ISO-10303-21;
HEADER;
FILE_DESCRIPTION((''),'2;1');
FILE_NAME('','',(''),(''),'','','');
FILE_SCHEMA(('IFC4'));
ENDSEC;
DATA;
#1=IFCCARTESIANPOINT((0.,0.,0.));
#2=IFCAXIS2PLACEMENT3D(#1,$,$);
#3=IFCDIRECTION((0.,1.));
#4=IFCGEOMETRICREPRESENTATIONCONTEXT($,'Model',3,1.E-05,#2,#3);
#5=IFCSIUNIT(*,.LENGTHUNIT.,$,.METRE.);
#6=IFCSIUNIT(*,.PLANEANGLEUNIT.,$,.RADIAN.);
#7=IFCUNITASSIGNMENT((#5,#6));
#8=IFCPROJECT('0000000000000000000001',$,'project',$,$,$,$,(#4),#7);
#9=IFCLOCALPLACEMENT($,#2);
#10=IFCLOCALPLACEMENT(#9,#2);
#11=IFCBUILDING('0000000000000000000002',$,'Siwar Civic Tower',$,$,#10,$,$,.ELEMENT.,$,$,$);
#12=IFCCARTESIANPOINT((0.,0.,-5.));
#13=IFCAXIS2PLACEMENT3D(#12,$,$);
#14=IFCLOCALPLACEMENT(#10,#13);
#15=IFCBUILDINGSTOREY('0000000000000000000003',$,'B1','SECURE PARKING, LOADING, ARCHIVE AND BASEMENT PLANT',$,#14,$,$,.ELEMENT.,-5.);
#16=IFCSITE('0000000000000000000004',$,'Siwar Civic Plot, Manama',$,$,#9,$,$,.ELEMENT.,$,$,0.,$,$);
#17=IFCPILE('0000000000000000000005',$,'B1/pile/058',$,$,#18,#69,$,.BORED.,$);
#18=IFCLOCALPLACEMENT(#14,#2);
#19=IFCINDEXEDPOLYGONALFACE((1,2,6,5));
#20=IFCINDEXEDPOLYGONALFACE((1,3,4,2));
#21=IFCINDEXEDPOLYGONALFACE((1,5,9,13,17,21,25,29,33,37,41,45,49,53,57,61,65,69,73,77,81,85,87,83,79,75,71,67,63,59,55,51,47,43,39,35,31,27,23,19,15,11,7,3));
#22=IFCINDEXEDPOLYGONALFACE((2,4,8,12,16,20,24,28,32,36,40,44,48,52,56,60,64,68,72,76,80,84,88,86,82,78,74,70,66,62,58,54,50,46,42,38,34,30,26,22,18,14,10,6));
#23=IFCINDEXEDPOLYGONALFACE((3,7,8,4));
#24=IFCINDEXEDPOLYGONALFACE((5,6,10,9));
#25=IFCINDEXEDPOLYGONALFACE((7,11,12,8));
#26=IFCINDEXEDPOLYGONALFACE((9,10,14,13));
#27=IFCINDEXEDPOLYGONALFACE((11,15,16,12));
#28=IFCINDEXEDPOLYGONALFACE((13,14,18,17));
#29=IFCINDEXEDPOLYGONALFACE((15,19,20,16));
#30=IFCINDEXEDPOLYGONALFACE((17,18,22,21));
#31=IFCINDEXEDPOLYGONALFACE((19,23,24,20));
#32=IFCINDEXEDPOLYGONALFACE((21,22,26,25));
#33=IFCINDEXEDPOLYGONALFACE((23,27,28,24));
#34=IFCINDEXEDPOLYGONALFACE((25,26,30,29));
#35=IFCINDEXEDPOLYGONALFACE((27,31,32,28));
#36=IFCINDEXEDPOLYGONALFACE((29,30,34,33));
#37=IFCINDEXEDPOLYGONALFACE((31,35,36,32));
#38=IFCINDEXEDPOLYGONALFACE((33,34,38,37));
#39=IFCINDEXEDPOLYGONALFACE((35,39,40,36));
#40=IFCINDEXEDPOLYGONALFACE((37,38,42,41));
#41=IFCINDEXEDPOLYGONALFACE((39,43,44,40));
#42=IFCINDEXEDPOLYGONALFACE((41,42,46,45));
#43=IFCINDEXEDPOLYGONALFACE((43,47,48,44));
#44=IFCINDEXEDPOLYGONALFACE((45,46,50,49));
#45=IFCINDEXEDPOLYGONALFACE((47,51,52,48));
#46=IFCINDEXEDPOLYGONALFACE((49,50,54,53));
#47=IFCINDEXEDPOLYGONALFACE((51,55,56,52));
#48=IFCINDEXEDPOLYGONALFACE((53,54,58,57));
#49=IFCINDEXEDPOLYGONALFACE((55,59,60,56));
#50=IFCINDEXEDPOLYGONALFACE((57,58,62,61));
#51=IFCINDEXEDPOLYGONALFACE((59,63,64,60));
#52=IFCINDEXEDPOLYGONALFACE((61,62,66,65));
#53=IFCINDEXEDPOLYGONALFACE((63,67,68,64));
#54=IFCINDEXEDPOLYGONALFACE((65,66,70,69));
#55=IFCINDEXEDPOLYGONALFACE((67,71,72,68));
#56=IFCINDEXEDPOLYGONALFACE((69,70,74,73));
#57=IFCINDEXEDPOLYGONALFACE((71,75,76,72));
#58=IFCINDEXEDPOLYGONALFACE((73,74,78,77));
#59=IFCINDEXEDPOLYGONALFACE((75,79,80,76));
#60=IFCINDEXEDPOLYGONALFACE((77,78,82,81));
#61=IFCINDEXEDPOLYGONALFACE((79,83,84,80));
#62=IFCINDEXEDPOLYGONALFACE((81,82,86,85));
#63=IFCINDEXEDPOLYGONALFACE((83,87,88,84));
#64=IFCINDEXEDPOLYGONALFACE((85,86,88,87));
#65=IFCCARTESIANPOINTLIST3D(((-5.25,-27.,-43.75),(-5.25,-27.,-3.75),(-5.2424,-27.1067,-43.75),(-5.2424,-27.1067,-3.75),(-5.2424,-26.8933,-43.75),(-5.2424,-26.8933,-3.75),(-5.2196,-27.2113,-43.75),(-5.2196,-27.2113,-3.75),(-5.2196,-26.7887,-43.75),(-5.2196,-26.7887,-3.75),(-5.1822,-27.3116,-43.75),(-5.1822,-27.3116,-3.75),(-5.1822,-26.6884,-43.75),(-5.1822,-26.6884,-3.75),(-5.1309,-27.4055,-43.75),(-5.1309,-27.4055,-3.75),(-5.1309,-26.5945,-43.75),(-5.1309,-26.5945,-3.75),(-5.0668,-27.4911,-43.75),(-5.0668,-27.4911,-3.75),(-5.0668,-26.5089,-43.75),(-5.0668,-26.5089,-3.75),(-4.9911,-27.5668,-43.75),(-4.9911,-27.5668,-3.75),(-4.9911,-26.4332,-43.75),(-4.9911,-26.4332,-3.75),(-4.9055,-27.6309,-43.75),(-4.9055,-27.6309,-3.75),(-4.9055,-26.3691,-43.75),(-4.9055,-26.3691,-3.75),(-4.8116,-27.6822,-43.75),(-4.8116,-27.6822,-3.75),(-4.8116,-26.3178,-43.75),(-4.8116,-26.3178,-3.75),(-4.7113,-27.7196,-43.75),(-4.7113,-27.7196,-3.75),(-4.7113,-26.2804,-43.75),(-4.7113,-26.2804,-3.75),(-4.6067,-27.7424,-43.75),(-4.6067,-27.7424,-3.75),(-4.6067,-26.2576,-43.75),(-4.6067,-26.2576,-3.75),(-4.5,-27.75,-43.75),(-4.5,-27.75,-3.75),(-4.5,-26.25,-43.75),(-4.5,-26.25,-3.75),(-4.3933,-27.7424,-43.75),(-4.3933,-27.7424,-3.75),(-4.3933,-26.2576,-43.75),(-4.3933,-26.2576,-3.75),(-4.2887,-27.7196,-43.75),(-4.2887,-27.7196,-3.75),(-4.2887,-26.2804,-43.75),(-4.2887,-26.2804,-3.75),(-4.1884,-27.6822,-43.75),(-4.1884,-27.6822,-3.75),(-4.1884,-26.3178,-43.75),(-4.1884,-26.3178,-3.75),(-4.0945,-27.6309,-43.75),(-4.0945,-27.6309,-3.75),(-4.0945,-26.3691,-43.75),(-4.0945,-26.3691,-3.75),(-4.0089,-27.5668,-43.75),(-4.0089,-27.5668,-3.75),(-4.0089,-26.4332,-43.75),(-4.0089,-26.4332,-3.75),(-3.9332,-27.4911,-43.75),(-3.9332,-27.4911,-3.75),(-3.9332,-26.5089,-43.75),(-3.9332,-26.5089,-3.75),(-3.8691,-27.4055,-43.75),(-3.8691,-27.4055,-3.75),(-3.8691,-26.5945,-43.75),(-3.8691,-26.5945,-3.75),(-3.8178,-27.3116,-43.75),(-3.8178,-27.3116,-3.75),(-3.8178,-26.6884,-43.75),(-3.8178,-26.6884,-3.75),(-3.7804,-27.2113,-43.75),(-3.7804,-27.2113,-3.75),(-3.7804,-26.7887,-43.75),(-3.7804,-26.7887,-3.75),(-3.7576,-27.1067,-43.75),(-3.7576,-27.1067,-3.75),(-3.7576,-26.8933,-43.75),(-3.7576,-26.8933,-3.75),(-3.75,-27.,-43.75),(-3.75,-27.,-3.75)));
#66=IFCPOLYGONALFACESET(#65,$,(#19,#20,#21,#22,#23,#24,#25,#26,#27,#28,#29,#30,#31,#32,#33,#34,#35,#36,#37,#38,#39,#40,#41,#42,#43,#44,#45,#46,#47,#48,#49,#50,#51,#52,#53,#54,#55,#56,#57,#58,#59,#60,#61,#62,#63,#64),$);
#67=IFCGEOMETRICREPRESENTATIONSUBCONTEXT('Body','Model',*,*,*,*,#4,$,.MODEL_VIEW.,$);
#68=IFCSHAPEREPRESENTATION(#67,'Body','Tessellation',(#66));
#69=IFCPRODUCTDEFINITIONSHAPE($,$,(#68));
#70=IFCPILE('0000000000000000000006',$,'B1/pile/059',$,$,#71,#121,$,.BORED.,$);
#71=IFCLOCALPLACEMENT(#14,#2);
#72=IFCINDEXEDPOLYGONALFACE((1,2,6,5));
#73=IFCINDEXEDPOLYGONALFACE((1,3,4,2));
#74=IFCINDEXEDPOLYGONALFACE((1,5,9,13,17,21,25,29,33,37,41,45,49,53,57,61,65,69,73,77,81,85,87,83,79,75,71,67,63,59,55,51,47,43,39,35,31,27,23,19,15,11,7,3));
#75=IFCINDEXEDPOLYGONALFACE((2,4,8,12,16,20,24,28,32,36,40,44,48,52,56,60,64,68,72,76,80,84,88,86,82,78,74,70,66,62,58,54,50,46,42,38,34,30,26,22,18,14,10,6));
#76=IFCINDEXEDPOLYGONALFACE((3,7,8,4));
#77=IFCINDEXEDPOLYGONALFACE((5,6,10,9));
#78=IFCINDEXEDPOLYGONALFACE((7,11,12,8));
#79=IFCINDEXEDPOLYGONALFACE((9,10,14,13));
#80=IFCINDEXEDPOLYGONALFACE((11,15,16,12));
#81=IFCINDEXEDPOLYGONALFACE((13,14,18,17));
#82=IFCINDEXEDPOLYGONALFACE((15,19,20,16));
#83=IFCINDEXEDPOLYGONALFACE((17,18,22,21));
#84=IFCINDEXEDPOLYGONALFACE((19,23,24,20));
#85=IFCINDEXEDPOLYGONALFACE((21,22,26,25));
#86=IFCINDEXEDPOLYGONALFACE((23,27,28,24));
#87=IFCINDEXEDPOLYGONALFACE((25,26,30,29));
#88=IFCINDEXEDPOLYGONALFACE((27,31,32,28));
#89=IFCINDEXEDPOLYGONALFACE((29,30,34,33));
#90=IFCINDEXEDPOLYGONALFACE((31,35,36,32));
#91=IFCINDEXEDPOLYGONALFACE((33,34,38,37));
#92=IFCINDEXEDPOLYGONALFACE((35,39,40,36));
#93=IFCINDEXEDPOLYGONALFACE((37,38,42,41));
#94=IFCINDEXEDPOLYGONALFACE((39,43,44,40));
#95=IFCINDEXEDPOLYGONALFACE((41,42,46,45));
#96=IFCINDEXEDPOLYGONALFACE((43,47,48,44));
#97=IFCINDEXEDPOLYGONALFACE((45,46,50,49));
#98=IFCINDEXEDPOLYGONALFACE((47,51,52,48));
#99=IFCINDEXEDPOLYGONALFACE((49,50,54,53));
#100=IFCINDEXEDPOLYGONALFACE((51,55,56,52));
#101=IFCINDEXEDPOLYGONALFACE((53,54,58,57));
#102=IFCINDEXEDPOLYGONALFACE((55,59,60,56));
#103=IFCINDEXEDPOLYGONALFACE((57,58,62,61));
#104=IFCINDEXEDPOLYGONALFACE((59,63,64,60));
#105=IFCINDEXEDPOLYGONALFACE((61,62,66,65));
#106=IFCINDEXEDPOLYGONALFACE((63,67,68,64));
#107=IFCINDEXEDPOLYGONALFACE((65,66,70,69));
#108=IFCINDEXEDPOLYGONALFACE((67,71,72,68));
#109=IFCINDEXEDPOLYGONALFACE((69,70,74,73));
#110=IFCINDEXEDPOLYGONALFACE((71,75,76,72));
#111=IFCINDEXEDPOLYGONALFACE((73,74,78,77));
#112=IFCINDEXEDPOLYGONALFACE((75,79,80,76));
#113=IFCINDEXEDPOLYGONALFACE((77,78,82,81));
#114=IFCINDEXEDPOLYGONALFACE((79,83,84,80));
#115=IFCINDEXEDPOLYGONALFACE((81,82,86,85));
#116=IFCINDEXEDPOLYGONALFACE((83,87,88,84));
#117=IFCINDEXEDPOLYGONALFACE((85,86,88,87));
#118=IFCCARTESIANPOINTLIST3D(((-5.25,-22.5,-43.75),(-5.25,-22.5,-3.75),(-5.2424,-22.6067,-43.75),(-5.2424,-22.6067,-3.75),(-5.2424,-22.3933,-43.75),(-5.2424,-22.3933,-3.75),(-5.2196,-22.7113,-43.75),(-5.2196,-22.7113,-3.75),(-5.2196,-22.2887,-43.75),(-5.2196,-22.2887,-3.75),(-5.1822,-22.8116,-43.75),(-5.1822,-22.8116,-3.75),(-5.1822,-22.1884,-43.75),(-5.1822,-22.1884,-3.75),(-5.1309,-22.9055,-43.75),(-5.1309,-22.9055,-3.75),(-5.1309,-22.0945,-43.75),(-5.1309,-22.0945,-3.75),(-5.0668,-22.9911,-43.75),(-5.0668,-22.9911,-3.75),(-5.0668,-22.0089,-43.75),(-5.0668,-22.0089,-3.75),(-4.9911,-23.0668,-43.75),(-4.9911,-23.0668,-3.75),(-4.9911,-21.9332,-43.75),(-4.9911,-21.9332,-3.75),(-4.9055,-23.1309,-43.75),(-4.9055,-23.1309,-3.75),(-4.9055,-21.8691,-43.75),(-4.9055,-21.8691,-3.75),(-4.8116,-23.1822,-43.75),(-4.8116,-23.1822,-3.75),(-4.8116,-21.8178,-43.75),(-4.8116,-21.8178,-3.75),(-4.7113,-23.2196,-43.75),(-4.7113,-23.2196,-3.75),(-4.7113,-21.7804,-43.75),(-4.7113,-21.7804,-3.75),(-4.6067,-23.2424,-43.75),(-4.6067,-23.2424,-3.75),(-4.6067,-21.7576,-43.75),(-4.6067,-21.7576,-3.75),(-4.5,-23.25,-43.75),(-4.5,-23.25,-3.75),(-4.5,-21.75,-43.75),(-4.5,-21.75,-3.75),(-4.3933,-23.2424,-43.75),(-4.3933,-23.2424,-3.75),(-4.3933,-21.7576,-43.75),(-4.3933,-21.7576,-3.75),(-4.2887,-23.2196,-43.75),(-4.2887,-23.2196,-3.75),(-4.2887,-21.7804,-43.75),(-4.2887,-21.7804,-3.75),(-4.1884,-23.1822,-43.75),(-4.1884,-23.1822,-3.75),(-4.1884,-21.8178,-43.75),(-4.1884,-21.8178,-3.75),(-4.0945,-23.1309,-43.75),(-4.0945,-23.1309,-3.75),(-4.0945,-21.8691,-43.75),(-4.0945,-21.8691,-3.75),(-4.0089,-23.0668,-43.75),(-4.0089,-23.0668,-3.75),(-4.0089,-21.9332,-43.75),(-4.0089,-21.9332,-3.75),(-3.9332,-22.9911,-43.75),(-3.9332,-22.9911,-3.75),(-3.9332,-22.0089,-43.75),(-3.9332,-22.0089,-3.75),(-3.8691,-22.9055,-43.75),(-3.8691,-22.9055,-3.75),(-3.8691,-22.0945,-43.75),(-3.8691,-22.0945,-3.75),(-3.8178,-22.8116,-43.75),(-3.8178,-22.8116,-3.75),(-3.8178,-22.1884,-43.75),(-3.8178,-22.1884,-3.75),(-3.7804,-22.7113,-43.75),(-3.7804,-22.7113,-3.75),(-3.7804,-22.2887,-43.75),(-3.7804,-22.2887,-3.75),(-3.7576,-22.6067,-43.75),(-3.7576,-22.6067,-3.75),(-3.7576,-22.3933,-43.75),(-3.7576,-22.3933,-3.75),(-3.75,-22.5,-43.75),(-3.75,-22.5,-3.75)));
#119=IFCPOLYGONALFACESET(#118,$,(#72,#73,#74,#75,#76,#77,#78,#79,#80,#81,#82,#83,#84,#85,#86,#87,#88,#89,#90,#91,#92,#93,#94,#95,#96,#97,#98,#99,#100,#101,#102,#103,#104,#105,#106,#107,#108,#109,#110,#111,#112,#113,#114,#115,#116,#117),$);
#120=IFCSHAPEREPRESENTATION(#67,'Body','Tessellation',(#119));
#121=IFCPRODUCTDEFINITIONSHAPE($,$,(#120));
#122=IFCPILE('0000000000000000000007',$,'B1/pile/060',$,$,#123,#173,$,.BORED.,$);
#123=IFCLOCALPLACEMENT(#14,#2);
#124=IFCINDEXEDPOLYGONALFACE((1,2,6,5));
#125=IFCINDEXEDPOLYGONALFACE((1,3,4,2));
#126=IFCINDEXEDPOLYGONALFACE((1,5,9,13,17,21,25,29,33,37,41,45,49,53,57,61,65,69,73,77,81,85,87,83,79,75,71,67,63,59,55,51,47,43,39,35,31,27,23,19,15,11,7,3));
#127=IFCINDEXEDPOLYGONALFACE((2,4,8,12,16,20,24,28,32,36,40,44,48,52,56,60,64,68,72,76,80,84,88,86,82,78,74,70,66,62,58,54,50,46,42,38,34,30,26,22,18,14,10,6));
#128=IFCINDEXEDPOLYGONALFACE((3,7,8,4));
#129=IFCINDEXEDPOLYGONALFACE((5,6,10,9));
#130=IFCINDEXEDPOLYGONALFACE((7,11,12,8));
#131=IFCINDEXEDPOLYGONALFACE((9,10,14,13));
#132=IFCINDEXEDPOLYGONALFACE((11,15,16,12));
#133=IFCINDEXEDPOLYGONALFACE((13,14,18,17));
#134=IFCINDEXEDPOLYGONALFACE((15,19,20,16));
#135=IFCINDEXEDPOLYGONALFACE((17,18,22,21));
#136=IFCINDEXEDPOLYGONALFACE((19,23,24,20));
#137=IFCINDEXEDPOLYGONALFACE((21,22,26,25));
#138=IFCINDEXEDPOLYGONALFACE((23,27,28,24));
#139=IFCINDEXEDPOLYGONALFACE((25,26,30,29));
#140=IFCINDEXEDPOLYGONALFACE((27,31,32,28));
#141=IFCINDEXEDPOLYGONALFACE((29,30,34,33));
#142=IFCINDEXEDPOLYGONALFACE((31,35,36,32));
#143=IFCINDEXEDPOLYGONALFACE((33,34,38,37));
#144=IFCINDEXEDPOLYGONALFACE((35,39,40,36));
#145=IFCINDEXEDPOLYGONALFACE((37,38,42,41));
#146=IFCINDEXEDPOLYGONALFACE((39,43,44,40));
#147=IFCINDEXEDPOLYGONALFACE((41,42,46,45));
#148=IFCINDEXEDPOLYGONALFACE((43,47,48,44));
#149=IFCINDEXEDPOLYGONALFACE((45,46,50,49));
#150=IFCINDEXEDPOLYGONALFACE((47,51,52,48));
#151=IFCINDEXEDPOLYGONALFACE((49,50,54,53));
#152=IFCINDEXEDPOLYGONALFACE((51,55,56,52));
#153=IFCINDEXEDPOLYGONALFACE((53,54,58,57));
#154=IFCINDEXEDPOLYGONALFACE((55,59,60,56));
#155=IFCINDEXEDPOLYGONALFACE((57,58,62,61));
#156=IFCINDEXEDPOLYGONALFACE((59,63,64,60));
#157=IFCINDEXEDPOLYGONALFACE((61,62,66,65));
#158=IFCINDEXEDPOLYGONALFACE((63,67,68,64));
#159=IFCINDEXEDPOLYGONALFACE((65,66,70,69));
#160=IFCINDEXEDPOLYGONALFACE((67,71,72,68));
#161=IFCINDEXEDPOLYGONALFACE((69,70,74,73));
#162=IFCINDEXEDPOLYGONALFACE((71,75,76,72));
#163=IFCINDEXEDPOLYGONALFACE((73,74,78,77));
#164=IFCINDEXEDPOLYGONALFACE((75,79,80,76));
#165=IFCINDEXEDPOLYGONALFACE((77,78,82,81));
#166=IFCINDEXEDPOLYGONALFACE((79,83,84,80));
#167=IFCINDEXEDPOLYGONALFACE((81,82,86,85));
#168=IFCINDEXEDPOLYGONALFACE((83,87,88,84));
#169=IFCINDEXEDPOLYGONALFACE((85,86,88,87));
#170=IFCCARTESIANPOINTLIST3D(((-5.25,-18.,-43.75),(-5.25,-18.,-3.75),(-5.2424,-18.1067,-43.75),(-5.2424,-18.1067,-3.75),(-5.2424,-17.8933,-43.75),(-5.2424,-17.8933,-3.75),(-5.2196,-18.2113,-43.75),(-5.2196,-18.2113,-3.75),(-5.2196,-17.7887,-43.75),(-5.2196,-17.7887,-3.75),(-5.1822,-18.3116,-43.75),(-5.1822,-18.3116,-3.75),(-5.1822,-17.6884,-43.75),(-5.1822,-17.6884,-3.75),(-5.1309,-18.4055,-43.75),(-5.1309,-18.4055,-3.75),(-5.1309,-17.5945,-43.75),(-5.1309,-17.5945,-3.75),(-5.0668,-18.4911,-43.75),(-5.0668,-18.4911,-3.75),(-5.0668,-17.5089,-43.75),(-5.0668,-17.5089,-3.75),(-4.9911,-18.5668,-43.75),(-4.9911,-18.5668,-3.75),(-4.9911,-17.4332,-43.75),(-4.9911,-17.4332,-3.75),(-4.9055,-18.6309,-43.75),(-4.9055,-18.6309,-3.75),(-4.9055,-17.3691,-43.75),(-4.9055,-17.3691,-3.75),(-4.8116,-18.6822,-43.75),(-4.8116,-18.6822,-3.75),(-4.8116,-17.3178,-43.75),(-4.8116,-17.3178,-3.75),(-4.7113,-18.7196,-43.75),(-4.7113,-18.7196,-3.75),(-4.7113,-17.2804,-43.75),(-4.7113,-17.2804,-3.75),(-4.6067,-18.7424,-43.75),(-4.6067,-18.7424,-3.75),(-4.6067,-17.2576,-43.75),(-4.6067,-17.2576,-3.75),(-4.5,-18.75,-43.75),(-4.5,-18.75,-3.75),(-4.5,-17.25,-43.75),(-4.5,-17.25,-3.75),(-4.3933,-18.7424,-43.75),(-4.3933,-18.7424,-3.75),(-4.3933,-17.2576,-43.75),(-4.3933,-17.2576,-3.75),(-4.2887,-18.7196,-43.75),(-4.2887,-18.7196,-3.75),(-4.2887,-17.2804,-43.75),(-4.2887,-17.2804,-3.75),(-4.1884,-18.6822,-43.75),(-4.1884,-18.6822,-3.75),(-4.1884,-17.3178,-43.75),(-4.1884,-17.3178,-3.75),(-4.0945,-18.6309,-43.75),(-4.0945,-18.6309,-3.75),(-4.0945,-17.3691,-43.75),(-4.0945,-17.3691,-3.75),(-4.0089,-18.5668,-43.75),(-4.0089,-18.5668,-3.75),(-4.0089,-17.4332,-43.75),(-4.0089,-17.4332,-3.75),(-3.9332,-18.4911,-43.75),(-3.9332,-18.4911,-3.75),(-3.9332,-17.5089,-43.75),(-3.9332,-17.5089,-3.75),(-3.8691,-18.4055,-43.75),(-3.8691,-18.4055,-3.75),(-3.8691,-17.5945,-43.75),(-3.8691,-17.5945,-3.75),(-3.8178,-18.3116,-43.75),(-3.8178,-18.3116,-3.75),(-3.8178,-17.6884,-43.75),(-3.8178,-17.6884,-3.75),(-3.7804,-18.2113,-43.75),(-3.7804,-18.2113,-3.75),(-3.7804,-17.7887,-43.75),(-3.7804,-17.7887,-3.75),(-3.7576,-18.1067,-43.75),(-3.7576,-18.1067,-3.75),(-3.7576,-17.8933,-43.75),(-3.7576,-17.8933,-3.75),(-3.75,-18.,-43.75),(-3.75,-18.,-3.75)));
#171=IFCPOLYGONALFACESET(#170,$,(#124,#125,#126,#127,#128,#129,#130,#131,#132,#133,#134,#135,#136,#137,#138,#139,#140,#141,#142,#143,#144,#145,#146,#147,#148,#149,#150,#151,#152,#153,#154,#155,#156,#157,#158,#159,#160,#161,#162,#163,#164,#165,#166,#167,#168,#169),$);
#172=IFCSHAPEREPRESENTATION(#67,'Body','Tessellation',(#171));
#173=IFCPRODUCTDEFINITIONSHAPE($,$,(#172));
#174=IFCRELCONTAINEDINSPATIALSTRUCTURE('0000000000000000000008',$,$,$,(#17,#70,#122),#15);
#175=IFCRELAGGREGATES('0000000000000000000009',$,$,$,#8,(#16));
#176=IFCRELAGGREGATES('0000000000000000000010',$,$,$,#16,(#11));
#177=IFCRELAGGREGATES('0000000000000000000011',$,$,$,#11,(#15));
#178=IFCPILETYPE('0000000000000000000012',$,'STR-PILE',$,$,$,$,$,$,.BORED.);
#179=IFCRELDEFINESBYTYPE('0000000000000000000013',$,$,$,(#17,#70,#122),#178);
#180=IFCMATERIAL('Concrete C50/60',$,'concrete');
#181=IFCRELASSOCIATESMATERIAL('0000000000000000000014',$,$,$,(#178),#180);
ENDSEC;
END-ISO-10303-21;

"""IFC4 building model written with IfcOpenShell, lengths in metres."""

from ifc_helpers import new_model, si_unit, direction, frame, origin, origin_2d, place, context, subcontext, project, spatial, circle, extrude, material, material_profile, profile_set, type_object, element, save


model = new_model("IFC4")

# Units and contexts
model_context = context("Model", 3, precision=1e-05, world=origin(), true_north=direction((0.0, 1.0)))
body_context = subcontext(model_context, "Body", "Model", "MODEL_VIEW")
ifc_project = project(units=[si_unit("LENGTHUNIT", "METRE"), si_unit("PLANEANGLEUNIT", "RADIAN")], contexts=[model_context])

# Site, building, storey
site_placement = place(None, origin())
site = spatial("IfcSite", under=ifc_project, at=site_placement, Name="Siwar Civic Plot, Manama", CompositionType="ELEMENT", RefElevation=0.0)
building_placement = place(site_placement, origin())
building = spatial("IfcBuilding", under=site, at=building_placement, Name="Siwar Civic Tower", CompositionType="ELEMENT")
storey_placement = place(building_placement, frame((0.0, 0.0, -5.0)))
storey = spatial("IfcBuildingStorey", under=building, at=storey_placement, Name="B1", Description="SECURE PARKING, LOADING, ARCHIVE AND BASEMENT PLANT", CompositionType="ELEMENT", Elevation=-5.0)

# Piles
ifc_material_1 = material(Name="Concrete C50/60", Category="concrete")
ifc_material_profile_1 = material_profile(ifc_material_1, circle(Radius=0.75, at=origin_2d()), Name="PILE1500")
ifc_profile_set_1 = profile_set([ifc_material_profile_1], Name="Concrete C50/60")
pile_type = type_object("IfcPileType", Name="STR-PILE", PredefinedType="BORED", material=ifc_profile_set_1)
for number, where, z_axis, x_axis, name in (
    (1, (-4.5, -27.0, -3.75), (0.0, 0.0, -1.0), (1.0, 0.0, 0.0), "B1/pile/058"),
    (2, (-4.5, -22.5, -3.75), (0.0, 0.0, -1.0), (1.0, 0.0, 0.0), "B1/pile/059"),
    (3, (-4.5, -18.0, -3.75), (0.0, 0.0, -1.0), (1.0, 0.0, 0.0), "B1/pile/060"),
):
    element("IfcPile", number, at=place(storey_placement, frame(where, z_axis=z_axis, x_axis=x_axis)), inside=storey, type_object=pile_type, Name=name, PredefinedType="BORED", context=body_context, shape_type="SweptSolid", body=[
        extrude(circle(Radius=0.75, at=origin_2d()), origin(), (0.0, 0.0, 1.0), 40.0),
    ])

save(model, "model.ifc")
